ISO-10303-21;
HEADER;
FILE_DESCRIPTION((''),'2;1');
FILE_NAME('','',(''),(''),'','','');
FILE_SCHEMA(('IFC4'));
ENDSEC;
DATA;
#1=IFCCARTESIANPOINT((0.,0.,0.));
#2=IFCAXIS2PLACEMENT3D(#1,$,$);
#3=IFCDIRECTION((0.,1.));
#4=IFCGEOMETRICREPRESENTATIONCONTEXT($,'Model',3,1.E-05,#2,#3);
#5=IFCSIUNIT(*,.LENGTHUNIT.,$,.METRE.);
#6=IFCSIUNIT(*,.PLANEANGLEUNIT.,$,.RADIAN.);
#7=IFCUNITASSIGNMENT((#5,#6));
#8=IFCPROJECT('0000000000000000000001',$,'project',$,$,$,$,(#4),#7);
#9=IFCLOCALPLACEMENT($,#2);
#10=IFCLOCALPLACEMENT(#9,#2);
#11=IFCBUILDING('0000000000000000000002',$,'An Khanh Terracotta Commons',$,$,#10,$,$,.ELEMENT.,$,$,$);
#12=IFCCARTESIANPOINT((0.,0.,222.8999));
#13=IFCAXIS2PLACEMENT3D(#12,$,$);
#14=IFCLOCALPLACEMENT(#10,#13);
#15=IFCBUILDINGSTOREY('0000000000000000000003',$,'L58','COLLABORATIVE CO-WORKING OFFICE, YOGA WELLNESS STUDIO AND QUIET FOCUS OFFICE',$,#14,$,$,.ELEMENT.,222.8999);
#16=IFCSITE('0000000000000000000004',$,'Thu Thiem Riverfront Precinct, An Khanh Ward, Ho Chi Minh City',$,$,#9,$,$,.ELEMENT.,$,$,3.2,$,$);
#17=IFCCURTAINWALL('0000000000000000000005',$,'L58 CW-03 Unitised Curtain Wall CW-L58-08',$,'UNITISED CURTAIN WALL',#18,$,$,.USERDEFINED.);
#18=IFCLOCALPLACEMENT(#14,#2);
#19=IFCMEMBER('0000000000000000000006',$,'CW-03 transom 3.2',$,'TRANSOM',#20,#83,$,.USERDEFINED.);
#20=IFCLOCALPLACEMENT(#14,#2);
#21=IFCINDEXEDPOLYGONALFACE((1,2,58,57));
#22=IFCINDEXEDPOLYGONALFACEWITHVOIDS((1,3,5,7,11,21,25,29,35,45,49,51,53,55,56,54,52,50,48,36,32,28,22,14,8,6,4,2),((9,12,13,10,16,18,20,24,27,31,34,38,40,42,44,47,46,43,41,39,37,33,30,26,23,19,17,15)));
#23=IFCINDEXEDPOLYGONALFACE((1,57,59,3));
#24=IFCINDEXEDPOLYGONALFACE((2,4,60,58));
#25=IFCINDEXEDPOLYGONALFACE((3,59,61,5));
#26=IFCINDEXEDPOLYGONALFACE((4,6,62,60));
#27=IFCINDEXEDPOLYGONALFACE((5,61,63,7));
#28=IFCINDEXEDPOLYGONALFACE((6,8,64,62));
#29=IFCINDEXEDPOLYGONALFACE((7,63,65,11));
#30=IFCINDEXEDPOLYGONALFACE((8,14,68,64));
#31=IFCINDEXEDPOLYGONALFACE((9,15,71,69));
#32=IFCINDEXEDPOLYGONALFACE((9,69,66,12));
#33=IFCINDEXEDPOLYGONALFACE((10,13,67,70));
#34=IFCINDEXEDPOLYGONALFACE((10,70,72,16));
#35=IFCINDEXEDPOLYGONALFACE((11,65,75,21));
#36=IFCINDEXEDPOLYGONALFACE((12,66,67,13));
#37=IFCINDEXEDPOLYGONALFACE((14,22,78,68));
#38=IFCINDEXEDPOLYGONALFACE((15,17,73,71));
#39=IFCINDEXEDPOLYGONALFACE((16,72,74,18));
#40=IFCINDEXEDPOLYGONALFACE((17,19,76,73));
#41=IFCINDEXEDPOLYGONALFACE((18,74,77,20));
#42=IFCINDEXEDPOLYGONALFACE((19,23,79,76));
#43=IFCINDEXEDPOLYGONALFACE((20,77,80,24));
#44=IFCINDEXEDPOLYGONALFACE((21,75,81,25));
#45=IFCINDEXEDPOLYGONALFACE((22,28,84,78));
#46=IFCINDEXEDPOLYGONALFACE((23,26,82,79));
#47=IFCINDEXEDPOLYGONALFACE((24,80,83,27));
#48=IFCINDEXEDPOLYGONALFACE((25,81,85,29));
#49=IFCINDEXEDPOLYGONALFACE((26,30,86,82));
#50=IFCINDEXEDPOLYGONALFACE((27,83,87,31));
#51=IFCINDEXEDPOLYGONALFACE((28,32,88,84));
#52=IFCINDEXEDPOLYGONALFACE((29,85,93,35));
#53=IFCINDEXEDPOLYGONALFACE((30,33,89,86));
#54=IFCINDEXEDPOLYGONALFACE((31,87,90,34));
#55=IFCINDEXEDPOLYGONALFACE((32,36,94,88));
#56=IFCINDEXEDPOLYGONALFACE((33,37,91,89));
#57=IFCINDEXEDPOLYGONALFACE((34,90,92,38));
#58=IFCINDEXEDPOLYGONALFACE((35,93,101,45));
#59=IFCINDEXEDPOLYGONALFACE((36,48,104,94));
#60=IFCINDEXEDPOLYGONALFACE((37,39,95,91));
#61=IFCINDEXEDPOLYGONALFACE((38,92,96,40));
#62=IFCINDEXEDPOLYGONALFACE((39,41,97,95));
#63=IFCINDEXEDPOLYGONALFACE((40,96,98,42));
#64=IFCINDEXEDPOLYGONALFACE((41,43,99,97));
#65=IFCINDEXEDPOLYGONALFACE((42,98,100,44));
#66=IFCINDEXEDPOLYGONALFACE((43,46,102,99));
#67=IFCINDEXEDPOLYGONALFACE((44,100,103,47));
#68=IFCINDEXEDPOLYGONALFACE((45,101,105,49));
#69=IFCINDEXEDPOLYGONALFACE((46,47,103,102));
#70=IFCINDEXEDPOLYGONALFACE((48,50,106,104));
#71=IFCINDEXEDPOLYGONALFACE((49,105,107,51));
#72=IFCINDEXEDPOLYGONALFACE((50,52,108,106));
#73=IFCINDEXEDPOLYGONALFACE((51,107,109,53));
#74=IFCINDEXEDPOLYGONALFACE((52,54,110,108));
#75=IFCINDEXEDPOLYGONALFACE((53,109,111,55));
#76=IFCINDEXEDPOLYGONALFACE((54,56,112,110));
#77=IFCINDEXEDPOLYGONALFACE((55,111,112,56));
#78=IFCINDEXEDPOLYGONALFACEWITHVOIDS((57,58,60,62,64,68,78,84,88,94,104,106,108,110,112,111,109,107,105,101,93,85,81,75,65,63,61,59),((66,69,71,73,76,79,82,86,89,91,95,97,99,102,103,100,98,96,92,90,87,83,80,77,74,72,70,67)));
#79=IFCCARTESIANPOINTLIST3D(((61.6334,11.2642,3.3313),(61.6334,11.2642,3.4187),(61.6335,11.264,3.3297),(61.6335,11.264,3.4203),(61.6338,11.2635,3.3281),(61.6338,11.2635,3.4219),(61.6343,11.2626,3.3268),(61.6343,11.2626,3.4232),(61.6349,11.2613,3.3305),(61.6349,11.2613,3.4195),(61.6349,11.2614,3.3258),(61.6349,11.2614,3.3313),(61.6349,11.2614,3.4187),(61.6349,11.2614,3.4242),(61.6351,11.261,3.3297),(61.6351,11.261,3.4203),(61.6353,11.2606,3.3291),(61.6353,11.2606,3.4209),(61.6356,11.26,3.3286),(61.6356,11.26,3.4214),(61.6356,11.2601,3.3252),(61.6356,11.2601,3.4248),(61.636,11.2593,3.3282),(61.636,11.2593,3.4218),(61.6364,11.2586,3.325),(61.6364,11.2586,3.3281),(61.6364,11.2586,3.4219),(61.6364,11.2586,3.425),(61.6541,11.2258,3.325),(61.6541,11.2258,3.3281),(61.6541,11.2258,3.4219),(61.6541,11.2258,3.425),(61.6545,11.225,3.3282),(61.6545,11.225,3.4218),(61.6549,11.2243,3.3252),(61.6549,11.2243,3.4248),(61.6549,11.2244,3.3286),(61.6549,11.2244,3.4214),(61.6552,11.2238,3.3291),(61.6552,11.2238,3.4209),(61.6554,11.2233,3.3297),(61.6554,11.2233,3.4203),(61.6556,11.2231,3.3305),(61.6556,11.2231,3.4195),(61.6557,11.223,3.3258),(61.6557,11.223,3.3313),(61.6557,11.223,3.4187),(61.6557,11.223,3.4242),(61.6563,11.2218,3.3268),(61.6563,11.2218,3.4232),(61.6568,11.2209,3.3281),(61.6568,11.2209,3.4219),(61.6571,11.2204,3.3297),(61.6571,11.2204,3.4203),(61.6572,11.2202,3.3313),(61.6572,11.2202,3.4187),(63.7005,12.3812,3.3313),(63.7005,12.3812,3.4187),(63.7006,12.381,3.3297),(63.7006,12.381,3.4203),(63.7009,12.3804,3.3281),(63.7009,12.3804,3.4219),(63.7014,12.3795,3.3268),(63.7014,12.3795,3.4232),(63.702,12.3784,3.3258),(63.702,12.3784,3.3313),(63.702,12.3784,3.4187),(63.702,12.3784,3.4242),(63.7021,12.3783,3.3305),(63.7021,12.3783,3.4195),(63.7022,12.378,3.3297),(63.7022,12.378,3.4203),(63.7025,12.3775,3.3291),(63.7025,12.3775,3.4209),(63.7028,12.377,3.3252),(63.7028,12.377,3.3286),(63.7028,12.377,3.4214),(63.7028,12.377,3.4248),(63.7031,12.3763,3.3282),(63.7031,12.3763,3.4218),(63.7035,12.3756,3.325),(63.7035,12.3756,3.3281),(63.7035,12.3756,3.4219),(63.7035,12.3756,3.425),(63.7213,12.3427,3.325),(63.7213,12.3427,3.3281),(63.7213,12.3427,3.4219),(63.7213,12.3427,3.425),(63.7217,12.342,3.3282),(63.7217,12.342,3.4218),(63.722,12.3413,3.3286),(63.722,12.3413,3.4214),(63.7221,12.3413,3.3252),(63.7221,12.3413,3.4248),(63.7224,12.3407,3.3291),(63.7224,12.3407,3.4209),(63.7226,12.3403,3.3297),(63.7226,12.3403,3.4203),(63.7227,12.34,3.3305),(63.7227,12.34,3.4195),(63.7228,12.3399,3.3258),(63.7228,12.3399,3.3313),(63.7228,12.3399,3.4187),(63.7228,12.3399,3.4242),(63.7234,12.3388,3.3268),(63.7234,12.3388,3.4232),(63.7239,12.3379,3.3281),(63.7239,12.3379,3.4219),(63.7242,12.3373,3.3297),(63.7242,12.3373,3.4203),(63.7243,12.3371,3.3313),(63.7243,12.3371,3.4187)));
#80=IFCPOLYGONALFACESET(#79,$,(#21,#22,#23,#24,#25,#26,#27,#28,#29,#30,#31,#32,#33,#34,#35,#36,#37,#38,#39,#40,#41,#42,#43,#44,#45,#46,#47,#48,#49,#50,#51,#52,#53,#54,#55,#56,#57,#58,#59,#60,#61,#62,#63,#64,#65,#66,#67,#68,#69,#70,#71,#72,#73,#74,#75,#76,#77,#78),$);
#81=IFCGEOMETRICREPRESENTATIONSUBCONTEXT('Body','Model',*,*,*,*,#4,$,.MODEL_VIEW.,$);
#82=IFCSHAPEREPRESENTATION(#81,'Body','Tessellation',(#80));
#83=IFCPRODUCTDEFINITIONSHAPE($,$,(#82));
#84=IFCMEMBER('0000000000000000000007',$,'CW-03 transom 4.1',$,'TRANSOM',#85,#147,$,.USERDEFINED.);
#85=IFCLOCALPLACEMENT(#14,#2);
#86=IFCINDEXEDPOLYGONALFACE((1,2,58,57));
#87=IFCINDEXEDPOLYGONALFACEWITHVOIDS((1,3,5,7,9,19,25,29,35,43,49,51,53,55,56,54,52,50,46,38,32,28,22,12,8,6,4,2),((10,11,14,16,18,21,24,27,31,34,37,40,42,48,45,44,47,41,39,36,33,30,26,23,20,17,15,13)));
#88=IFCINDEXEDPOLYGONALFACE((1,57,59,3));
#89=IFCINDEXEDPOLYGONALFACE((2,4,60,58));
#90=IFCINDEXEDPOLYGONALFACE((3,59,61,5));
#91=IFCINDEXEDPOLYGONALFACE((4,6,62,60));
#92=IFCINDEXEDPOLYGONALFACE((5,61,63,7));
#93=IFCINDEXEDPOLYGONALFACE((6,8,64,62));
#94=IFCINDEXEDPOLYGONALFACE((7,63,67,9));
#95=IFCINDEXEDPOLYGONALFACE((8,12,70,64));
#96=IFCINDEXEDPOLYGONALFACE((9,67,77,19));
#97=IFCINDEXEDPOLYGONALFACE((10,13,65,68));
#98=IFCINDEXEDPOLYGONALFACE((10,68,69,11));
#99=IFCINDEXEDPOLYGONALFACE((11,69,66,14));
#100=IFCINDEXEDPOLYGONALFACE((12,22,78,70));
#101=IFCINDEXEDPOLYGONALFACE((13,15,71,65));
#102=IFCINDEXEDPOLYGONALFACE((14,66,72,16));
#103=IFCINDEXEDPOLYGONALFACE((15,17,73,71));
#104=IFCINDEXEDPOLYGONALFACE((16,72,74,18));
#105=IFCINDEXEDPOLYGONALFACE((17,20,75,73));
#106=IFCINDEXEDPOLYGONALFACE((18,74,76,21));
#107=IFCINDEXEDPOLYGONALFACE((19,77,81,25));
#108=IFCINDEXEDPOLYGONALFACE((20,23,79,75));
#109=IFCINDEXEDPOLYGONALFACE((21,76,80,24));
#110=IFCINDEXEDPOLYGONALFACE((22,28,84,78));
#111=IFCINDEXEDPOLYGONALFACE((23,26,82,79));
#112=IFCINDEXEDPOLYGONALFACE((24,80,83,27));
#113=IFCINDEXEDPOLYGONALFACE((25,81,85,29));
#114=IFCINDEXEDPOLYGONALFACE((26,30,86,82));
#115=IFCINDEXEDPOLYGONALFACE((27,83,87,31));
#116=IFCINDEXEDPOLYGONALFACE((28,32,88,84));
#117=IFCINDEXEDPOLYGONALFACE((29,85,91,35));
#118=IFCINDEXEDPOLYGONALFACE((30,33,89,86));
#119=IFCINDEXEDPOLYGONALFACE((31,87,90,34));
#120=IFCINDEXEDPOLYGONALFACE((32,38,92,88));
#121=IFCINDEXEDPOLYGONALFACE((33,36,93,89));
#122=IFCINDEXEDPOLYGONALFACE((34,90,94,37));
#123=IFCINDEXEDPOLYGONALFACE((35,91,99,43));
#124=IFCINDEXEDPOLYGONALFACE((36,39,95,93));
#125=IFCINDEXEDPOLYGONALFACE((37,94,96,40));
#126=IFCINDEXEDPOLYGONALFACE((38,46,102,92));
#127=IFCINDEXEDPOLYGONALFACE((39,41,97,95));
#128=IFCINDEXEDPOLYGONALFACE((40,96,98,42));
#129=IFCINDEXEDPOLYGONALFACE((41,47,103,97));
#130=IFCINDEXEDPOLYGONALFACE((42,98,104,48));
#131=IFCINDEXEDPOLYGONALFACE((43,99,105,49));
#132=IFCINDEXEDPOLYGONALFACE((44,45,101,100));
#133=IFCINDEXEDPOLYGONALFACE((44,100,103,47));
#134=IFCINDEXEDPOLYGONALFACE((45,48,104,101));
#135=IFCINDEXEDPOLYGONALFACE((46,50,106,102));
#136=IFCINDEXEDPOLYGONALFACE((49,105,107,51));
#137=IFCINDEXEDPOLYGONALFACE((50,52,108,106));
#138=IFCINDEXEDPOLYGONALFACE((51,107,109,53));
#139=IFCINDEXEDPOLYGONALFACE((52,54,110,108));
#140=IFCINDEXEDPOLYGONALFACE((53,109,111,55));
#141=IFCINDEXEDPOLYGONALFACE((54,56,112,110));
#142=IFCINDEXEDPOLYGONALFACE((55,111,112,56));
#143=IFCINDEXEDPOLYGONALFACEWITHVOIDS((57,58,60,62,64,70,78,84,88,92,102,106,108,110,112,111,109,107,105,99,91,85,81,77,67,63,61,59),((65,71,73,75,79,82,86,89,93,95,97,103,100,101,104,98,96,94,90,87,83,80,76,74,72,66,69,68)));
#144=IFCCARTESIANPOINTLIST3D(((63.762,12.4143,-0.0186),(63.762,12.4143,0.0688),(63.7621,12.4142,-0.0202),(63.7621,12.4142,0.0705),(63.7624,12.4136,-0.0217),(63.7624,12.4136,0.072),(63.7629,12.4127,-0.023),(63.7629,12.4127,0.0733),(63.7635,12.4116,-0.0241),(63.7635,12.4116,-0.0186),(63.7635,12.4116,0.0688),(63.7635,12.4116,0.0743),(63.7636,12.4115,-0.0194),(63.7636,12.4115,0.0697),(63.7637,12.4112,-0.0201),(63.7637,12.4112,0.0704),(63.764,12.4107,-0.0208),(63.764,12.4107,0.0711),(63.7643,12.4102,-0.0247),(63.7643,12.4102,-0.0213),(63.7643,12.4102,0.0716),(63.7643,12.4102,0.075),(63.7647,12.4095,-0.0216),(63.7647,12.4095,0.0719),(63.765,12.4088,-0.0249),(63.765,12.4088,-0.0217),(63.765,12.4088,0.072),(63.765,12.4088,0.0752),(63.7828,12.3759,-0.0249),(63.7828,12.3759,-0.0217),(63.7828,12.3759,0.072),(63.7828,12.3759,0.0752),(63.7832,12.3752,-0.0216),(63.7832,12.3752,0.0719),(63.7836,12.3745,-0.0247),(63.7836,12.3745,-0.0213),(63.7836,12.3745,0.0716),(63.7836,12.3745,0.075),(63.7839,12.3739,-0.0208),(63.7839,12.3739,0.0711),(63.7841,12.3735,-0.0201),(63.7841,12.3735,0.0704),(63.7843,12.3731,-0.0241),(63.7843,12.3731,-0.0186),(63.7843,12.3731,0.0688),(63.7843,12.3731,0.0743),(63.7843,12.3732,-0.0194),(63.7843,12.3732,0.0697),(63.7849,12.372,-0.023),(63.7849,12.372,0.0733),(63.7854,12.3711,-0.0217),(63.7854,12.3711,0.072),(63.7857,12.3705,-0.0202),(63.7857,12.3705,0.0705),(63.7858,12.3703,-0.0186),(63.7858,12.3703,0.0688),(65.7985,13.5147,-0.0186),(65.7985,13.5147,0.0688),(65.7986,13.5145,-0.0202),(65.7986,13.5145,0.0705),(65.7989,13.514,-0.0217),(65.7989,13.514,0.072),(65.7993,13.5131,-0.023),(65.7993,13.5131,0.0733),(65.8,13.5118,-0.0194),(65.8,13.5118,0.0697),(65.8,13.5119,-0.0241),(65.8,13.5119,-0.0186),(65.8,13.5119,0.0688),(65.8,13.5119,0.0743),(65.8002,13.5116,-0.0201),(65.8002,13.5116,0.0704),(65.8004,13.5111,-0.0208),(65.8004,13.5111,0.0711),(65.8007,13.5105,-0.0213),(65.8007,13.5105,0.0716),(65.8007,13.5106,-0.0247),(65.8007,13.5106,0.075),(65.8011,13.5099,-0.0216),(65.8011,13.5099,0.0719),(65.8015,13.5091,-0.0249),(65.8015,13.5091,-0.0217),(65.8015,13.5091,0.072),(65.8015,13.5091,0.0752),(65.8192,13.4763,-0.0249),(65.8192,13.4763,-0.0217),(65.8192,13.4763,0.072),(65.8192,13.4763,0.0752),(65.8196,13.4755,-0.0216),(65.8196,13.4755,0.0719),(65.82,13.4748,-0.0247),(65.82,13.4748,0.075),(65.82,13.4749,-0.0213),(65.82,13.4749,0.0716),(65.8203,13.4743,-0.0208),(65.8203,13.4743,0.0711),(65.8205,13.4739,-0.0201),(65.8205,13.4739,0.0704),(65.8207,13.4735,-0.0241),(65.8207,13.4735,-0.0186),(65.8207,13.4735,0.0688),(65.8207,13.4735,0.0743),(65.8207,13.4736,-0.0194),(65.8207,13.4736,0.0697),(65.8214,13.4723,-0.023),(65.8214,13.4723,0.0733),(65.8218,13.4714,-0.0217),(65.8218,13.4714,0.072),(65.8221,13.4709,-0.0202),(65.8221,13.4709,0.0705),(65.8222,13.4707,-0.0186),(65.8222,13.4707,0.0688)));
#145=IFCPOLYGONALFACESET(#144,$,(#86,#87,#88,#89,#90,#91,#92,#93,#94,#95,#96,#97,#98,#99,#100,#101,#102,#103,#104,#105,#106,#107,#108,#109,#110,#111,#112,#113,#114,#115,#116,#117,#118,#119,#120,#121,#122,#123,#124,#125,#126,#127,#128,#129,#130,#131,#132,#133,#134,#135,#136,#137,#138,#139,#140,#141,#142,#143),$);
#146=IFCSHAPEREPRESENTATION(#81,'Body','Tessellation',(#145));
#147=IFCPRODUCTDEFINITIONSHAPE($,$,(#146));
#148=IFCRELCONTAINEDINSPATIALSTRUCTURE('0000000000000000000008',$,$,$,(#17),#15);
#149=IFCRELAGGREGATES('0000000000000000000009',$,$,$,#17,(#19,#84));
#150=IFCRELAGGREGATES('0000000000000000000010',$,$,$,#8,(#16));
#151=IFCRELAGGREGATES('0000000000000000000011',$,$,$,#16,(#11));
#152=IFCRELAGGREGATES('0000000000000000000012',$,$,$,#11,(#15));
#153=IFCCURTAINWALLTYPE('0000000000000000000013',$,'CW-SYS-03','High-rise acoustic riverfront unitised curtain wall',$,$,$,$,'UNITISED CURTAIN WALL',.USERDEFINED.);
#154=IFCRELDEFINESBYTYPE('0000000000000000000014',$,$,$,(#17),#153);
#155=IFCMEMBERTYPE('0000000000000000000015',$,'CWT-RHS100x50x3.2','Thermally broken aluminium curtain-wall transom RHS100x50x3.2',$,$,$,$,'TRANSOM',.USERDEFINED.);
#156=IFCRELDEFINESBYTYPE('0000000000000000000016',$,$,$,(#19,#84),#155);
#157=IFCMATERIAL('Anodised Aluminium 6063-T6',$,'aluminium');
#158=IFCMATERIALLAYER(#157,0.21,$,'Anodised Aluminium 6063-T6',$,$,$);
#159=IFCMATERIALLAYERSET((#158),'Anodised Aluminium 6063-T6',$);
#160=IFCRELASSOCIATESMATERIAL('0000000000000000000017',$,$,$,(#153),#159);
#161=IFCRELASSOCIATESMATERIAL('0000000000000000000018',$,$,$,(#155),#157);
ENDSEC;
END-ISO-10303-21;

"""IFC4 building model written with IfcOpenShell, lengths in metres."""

from ifc_helpers import new_model, si_unit, direction, frame, origin, origin_2d, place, context, subcontext, project, spatial, hollow_rectangle, extrude, material, layer, layer_set, material_profile, profile_set, type_object, element, aggregate, save


model = new_model("IFC4")

# Units and contexts
model_context = context("Model", 3, precision=1e-05, world=origin(), true_north=direction((0.0, 1.0)))
body_context = subcontext(model_context, "Body", "Model", "MODEL_VIEW")
ifc_project = project(units=[si_unit("LENGTHUNIT", "METRE"), si_unit("PLANEANGLEUNIT", "RADIAN")], contexts=[model_context])

# Site, building, storey
site_placement = place(None, origin())
site = spatial("IfcSite", under=ifc_project, at=site_placement, Name="Thu Thiem Riverfront Precinct, An Khanh Ward, Ho Chi Minh City", CompositionType="ELEMENT", RefElevation=3.2)
building_placement = place(site_placement, origin())
building = spatial("IfcBuilding", under=site, at=building_placement, Name="An Khanh Terracotta Commons", CompositionType="ELEMENT")
storey_placement = place(building_placement, frame((0.0, 0.0, 222.8999)))
storey = spatial("IfcBuildingStorey", under=building, at=storey_placement, Name="L58", Description="COLLABORATIVE CO-WORKING OFFICE, YOGA WELLNESS STUDIO AND QUIET FOCUS OFFICE", CompositionType="ELEMENT", Elevation=222.8999)

# Curtain wall
ifc_material_1 = material(Name="Anodised Aluminium 6063-T6", Category="aluminium")
ifc_layer_1 = layer(ifc_material_1, 0.21, Name="Anodised Aluminium 6063-T6")
ifc_layer_set_1 = layer_set([ifc_layer_1], Name="Anodised Aluminium 6063-T6")
curtain_wall_type = type_object("IfcCurtainWallType", Name="CW-SYS-03", Description="High-rise acoustic riverfront unitised curtain wall", ElementType="UNITISED CURTAIN WALL", PredefinedType="USERDEFINED", material=ifc_layer_set_1)
curtain_wall_1_placement = place(storey_placement, origin())
curtain_wall_1 = element("IfcCurtainWall", 1, at=curtain_wall_1_placement, inside=storey, type_object=curtain_wall_type, Name="L58 CW-03 Unitised Curtain Wall CW-L58-08", ObjectType="UNITISED CURTAIN WALL", PredefinedType="USERDEFINED")

# Members
ifc_material_profile_1 = material_profile(ifc_material_1, hollow_rectangle(XDim=0.05, YDim=0.1001, WallThickness=0.0032, InnerFilletRadius=0.0032, OuterFilletRadius=0.0063, at=origin_2d()), Name="RHS100x50x3.2")
ifc_profile_set_1 = profile_set([ifc_material_profile_1], Name="Anodised Aluminium 6063-T6")
member_type_1 = type_object("IfcMemberType", Name="CWT-RHS100x50x3.2", Description="Thermally broken aluminium curtain-wall transom RHS100x50x3.2", ElementType="TRANSOM", PredefinedType="USERDEFINED", material=ifc_profile_set_1)
member_1_placement = place(storey_placement, frame((61.6453, 11.2422, 3.375), z_axis=(0.879783, 0.475376, 0.0), x_axis=(-0.475376, 0.879783, 0.0)))
member_1 = element("IfcMember", 2, at=member_1_placement, type_object=member_type_1, Name="CW-03 transom 3.2", ObjectType="TRANSOM", PredefinedType="USERDEFINED", context=body_context, shape_type="SweptSolid", body=[
    extrude(hollow_rectangle(XDim=0.05, YDim=0.1001, WallThickness=0.0032, InnerFilletRadius=0.0032, OuterFilletRadius=0.0063, at=origin_2d()), origin(), (0.0, 0.0, 1.0), 2.3496),
])
member_2_placement = place(storey_placement, frame((63.7739, 12.3923, 0.0251), z_axis=(0.879779, 0.475382, 0.0), x_axis=(-0.475382, 0.879779, 0.0)))
member_2 = element("IfcMember", 3, at=member_2_placement, type_object=member_type_1, Name="CW-03 transom 4.1", ObjectType="TRANSOM", PredefinedType="USERDEFINED", context=body_context, shape_type="SweptSolid", body=[
    extrude(hollow_rectangle(XDim=0.05, YDim=0.1001, WallThickness=0.0032, InnerFilletRadius=0.0032, OuterFilletRadius=0.0063, at=origin_2d()), origin(), (0.0, 0.0, 1.0), 2.3147),
])

aggregate(curtain_wall_1, [member_1, member_2])

save(model, "model.ifc")
